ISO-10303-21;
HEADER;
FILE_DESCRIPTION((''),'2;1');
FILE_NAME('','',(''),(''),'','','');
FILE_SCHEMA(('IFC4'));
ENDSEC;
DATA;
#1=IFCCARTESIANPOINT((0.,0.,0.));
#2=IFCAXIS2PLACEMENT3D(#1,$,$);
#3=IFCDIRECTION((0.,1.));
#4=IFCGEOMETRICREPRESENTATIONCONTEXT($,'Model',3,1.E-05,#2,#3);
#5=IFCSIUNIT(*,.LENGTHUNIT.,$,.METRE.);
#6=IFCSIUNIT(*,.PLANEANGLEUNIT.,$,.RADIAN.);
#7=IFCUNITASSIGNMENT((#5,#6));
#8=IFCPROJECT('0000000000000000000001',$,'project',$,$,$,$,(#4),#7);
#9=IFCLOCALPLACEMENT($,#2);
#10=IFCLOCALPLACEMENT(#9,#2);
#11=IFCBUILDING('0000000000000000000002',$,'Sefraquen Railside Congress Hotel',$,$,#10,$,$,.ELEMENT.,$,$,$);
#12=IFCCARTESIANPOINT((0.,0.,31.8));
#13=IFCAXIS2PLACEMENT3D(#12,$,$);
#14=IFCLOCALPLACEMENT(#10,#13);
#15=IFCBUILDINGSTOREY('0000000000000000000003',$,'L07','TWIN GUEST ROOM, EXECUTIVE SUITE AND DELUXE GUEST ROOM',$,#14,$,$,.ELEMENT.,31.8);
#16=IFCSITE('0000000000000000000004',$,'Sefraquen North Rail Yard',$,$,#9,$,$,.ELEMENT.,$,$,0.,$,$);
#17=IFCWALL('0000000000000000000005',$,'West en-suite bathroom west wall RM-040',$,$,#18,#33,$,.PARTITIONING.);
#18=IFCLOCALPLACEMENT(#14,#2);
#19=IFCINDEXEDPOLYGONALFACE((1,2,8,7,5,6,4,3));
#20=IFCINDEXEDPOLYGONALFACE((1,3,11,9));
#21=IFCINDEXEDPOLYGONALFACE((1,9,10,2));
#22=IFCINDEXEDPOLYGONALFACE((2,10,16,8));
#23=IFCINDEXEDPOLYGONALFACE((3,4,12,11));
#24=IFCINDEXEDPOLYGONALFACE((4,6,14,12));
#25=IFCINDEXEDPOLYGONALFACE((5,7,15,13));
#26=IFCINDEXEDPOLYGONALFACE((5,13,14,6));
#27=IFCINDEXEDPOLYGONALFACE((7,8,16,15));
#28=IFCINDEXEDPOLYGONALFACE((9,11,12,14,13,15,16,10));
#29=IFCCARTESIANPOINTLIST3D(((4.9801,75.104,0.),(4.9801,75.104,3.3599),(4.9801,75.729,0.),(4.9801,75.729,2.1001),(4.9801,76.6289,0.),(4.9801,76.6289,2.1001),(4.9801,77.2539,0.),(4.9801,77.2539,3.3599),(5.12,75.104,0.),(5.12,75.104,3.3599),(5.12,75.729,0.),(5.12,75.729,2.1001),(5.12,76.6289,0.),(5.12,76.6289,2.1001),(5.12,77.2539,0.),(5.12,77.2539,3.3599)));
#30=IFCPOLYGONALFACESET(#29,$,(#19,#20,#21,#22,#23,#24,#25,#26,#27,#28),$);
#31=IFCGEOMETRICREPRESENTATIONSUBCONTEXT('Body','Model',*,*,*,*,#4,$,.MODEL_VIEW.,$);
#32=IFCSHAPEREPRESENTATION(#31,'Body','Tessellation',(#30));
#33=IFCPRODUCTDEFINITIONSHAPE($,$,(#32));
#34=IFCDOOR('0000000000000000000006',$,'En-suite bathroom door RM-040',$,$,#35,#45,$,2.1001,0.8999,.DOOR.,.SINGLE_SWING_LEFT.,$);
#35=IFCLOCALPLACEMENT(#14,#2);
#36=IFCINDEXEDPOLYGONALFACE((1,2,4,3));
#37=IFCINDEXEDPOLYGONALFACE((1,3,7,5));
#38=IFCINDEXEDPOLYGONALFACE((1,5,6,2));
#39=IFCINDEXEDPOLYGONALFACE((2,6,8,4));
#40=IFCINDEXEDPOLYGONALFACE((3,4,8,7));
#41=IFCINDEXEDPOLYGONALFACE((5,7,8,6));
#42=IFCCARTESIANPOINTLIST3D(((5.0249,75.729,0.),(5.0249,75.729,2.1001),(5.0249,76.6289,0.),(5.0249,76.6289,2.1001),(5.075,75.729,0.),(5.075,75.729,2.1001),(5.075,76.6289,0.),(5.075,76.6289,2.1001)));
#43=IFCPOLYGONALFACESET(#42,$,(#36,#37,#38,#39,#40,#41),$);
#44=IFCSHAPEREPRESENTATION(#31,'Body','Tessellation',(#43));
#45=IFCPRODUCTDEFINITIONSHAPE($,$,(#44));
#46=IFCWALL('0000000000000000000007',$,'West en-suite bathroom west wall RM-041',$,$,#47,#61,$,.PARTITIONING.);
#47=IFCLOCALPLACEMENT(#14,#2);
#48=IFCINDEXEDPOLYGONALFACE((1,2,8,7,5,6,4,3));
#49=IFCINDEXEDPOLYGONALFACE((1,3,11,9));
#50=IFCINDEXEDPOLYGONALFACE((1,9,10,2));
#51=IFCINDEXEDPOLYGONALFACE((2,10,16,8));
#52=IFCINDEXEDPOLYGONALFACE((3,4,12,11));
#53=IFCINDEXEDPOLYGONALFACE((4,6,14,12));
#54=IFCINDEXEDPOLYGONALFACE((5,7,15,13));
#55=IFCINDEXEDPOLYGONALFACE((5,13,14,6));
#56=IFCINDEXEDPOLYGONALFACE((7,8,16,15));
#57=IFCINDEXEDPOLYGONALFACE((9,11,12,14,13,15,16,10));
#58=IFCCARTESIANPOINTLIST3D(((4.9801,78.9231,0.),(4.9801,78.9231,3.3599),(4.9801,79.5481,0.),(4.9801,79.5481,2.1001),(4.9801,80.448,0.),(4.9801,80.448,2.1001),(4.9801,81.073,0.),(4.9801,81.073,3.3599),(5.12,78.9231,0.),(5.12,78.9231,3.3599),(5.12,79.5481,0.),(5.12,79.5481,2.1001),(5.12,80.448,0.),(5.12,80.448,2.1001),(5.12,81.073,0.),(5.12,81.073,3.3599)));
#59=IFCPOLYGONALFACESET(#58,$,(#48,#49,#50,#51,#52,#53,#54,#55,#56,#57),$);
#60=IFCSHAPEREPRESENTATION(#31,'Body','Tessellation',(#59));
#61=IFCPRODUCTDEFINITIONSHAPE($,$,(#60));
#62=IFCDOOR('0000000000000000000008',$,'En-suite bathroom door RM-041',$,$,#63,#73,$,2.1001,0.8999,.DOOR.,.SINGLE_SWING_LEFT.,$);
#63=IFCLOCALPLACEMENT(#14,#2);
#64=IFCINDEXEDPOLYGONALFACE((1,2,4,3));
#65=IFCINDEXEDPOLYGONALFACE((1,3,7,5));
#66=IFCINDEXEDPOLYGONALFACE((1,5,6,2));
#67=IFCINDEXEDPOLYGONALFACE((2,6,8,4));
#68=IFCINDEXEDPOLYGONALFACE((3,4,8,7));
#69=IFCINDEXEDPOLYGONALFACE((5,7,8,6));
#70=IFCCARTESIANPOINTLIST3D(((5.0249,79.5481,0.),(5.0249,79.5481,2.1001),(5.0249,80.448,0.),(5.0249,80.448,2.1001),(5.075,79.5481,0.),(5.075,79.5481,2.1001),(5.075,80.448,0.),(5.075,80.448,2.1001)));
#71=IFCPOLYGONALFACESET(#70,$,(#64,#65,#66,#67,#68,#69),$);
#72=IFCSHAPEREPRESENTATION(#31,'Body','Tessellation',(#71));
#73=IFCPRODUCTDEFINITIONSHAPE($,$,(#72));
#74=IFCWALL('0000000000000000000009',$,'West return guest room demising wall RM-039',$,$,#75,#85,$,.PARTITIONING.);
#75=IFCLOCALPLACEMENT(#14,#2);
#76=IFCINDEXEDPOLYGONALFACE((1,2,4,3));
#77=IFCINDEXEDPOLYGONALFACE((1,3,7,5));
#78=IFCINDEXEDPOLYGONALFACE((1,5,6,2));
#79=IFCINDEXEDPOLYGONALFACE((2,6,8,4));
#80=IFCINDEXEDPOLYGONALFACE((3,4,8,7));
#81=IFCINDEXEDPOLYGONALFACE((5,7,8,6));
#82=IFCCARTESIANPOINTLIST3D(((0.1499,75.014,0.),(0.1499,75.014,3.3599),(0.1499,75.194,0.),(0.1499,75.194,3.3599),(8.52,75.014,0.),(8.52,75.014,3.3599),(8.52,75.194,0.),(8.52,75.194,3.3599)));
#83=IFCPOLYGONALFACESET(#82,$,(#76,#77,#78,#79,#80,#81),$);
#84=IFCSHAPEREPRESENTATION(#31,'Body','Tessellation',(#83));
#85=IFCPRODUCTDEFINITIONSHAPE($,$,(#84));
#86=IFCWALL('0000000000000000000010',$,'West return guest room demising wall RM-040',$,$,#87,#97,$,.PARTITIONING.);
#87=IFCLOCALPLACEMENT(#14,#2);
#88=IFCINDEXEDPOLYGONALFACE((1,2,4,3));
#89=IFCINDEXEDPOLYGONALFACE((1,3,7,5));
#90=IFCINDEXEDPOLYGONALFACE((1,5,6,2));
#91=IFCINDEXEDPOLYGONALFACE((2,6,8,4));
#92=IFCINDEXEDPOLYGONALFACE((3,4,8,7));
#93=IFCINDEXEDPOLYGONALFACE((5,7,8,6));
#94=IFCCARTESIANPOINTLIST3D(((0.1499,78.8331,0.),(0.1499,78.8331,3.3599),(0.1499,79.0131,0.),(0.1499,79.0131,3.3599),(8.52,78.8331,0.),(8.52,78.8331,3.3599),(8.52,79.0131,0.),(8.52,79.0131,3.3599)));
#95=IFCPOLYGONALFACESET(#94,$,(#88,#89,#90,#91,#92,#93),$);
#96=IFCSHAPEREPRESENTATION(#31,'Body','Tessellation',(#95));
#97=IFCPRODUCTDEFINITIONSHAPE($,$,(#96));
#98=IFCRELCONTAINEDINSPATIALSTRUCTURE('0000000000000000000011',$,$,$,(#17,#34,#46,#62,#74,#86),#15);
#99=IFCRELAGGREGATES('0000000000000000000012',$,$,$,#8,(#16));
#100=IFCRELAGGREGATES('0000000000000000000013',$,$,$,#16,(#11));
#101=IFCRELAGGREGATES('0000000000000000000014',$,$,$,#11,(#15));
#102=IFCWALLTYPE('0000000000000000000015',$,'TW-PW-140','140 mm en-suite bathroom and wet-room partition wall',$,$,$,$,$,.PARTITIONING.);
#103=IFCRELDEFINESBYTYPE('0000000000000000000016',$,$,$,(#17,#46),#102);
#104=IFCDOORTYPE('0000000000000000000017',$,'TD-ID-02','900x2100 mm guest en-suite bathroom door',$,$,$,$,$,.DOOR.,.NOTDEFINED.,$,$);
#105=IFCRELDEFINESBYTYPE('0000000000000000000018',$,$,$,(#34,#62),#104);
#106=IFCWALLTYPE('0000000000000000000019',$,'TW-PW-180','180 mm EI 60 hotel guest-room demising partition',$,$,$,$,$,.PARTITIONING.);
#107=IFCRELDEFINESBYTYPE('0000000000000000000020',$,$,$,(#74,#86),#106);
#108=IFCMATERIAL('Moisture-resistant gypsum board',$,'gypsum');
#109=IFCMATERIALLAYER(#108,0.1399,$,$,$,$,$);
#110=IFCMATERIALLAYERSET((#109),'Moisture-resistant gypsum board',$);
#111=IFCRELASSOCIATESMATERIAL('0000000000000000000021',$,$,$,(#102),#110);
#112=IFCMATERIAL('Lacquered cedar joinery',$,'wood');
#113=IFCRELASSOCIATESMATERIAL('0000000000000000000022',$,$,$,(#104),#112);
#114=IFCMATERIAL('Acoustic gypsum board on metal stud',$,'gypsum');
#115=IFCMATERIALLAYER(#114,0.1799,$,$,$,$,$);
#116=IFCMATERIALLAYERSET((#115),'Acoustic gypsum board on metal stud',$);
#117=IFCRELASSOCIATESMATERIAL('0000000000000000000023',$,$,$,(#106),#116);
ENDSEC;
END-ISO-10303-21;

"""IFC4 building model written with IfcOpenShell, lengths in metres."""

from ifc_helpers import new_model, si_unit, direction, frame, frame_2d, origin, place, context, subcontext, project, spatial, rectangle, extrude, material, layer, layer_set, type_object, element, fill, save


model = new_model("IFC4")

# Units and contexts
model_context = context("Model", 3, precision=1e-05, world=origin(), true_north=direction((0.0, 1.0)))
body_context = subcontext(model_context, "Body", "Model", "MODEL_VIEW")
ifc_project = project(units=[si_unit("LENGTHUNIT", "METRE"), si_unit("PLANEANGLEUNIT", "RADIAN")], contexts=[model_context])

# Site, building, storey
site_placement = place(None, origin())
site = spatial("IfcSite", under=ifc_project, at=site_placement, Name="Sefraquen North Rail Yard", CompositionType="ELEMENT", RefElevation=0.0)
building_placement = place(site_placement, origin())
building = spatial("IfcBuilding", under=site, at=building_placement, Name="Sefraquen Railside Congress Hotel", CompositionType="ELEMENT")
storey_placement = place(building_placement, frame((0.0, 0.0, 31.8)))
storey = spatial("IfcBuildingStorey", under=building, at=storey_placement, Name="L07", Description="TWIN GUEST ROOM, EXECUTIVE SUITE AND DELUXE GUEST ROOM", CompositionType="ELEMENT", Elevation=31.8)

# Shared definitions
ifc_material_1 = material(Name="Moisture-resistant gypsum board", Category="gypsum")
ifc_layer_1 = layer(ifc_material_1, 0.1399)
ifc_layer_set_1 = layer_set([ifc_layer_1], Name="Moisture-resistant gypsum board")
wall_type_1 = type_object("IfcWallType", Name="TW-PW-140", Description="140 mm en-suite bathroom and wet-room partition wall", PredefinedType="PARTITIONING", material=ifc_layer_set_1)

# Walls, openings, doors
wall_1_placement = place(storey_placement, frame((5.05, 75.104, 0.0), z_axis=(0.0, 0.0, 1.0), x_axis=(0.0, 1.0, 0.0)))
wall_1 = element("IfcWall", 1, at=wall_1_placement, inside=storey, type_object=wall_type_1, Name="West en-suite bathroom west wall RM-040", PredefinedType="PARTITIONING", context=body_context, shape_type="SweptSolid", body=[
    extrude(rectangle(XDim=2.1499, YDim=0.1399, at=frame_2d((1.075, 0.0))), origin(), (0.0, 0.0, 1.0), 3.3599),
])
opening_1_placement = place(wall_1_placement, frame((0.625, 0.0, 0.0)))
opening_1 = element("IfcOpeningElement", 2, at=opening_1_placement, cuts=wall_1, PredefinedType="OPENING", context=body_context, shape_type="SweptSolid", body=[
    extrude(rectangle(XDim=0.8999, YDim=2.1001, at=frame_2d((0.45, 1.05))), frame((0.0, 0.0798, 0.0), z_axis=(0.0, -1.0, 0.0), x_axis=(1.0, 0.0, 0.0)), (0.0, 0.0, 1.0), 0.1599),
])
ifc_material_2 = material(Name="Lacquered cedar joinery", Category="wood")
door_type = type_object("IfcDoorType", Name="TD-ID-02", Description="900x2100 mm guest en-suite bathroom door", OperationType="NOTDEFINED", PredefinedType="DOOR", material=ifc_material_2)
door_1_placement = place(opening_1_placement, frame((0.8999, 0.0, 0.0), z_axis=(0.0, 0.0, 1.0), x_axis=(-1.0, 0.0, 0.0)))
door_1 = element("IfcDoor", 3, at=door_1_placement, inside=storey, type_object=door_type, Name="En-suite bathroom door RM-040", OperationType="SINGLE_SWING_LEFT", OverallHeight=2.1001, OverallWidth=0.8999, PredefinedType="DOOR", context=body_context, shape_type="SweptSolid", body=[
    extrude(rectangle(XDim=0.8999, YDim=2.1001, at=frame_2d((0.45, 1.05))), frame((0.0, 0.0249, 0.0), z_axis=(0.0, -1.0, 0.0), x_axis=(1.0, 0.0, 0.0)), (0.0, 0.0, 1.0), 0.05),
])
fill(opening_1, door_1)
wall_2_placement = place(storey_placement, frame((5.05, 78.9231, 0.0), z_axis=(0.0, 0.0, 1.0), x_axis=(0.0, 1.0, 0.0)))
wall_2 = element("IfcWall", 4, at=wall_2_placement, inside=storey, type_object=wall_type_1, Name="West en-suite bathroom west wall RM-041", PredefinedType="PARTITIONING", context=body_context, shape_type="SweptSolid", body=[
    extrude(rectangle(XDim=2.1499, YDim=0.1399, at=frame_2d((1.075, 0.0))), origin(), (0.0, 0.0, 1.0), 3.3599),
])
opening_2_placement = place(wall_2_placement, frame((0.625, 0.0, 0.0)))
opening_2 = element("IfcOpeningElement", 5, at=opening_2_placement, cuts=wall_2, PredefinedType="OPENING", context=body_context, shape_type="SweptSolid", body=[
    extrude(rectangle(XDim=0.8999, YDim=2.1001, at=frame_2d((0.45, 1.05))), frame((0.0, 0.0798, 0.0), z_axis=(0.0, -1.0, 0.0), x_axis=(1.0, 0.0, 0.0)), (0.0, 0.0, 1.0), 0.1599),
])
door_2_placement = place(opening_2_placement, frame((0.8999, 0.0, 0.0), z_axis=(0.0, 0.0, 1.0), x_axis=(-1.0, 0.0, 0.0)))
door_2 = element("IfcDoor", 6, at=door_2_placement, inside=storey, type_object=door_type, Name="En-suite bathroom door RM-041", OperationType="SINGLE_SWING_LEFT", OverallHeight=2.1001, OverallWidth=0.8999, PredefinedType="DOOR", context=body_context, shape_type="SweptSolid", body=[
    extrude(rectangle(XDim=0.8999, YDim=2.1001, at=frame_2d((0.45, 1.05))), frame((0.0, 0.0249, 0.0), z_axis=(0.0, -1.0, 0.0), x_axis=(1.0, 0.0, 0.0)), (0.0, 0.0, 1.0), 0.05),
])
fill(opening_2, door_2)

# Walls
ifc_material_3 = material(Name="Acoustic gypsum board on metal stud", Category="gypsum")
ifc_layer_2 = layer(ifc_material_3, 0.1799)
ifc_layer_set_2 = layer_set([ifc_layer_2], Name="Acoustic gypsum board on metal stud")
wall_type_2 = type_object("IfcWallType", Name="TW-PW-180", Description="180 mm EI 60 hotel guest-room demising partition", PredefinedType="PARTITIONING", material=ifc_layer_set_2)
for number, where, z_axis, x_axis, name in (
    (7, (0.1499, 75.104, 0.0), (0.0, 0.0, 1.0), (1.0, 0.0, 0.0), "West return guest room demising wall RM-039"),
    (8, (0.1499, 78.9231, 0.0), (0.0, 0.0, 1.0), (1.0, 0.0, 0.0), "West return guest room demising wall RM-040"),
):
    element("IfcWall", number, at=place(storey_placement, frame(where, z_axis=z_axis, x_axis=x_axis)), inside=storey, type_object=wall_type_2, Name=name, PredefinedType="PARTITIONING", context=body_context, shape_type="SweptSolid", body=[
        extrude(rectangle(XDim=8.3701, YDim=0.1799, at=frame_2d((4.1851, 0.0))), origin(), (0.0, 0.0, 1.0), 3.3599),
    ])

save(model, "model.ifc")
